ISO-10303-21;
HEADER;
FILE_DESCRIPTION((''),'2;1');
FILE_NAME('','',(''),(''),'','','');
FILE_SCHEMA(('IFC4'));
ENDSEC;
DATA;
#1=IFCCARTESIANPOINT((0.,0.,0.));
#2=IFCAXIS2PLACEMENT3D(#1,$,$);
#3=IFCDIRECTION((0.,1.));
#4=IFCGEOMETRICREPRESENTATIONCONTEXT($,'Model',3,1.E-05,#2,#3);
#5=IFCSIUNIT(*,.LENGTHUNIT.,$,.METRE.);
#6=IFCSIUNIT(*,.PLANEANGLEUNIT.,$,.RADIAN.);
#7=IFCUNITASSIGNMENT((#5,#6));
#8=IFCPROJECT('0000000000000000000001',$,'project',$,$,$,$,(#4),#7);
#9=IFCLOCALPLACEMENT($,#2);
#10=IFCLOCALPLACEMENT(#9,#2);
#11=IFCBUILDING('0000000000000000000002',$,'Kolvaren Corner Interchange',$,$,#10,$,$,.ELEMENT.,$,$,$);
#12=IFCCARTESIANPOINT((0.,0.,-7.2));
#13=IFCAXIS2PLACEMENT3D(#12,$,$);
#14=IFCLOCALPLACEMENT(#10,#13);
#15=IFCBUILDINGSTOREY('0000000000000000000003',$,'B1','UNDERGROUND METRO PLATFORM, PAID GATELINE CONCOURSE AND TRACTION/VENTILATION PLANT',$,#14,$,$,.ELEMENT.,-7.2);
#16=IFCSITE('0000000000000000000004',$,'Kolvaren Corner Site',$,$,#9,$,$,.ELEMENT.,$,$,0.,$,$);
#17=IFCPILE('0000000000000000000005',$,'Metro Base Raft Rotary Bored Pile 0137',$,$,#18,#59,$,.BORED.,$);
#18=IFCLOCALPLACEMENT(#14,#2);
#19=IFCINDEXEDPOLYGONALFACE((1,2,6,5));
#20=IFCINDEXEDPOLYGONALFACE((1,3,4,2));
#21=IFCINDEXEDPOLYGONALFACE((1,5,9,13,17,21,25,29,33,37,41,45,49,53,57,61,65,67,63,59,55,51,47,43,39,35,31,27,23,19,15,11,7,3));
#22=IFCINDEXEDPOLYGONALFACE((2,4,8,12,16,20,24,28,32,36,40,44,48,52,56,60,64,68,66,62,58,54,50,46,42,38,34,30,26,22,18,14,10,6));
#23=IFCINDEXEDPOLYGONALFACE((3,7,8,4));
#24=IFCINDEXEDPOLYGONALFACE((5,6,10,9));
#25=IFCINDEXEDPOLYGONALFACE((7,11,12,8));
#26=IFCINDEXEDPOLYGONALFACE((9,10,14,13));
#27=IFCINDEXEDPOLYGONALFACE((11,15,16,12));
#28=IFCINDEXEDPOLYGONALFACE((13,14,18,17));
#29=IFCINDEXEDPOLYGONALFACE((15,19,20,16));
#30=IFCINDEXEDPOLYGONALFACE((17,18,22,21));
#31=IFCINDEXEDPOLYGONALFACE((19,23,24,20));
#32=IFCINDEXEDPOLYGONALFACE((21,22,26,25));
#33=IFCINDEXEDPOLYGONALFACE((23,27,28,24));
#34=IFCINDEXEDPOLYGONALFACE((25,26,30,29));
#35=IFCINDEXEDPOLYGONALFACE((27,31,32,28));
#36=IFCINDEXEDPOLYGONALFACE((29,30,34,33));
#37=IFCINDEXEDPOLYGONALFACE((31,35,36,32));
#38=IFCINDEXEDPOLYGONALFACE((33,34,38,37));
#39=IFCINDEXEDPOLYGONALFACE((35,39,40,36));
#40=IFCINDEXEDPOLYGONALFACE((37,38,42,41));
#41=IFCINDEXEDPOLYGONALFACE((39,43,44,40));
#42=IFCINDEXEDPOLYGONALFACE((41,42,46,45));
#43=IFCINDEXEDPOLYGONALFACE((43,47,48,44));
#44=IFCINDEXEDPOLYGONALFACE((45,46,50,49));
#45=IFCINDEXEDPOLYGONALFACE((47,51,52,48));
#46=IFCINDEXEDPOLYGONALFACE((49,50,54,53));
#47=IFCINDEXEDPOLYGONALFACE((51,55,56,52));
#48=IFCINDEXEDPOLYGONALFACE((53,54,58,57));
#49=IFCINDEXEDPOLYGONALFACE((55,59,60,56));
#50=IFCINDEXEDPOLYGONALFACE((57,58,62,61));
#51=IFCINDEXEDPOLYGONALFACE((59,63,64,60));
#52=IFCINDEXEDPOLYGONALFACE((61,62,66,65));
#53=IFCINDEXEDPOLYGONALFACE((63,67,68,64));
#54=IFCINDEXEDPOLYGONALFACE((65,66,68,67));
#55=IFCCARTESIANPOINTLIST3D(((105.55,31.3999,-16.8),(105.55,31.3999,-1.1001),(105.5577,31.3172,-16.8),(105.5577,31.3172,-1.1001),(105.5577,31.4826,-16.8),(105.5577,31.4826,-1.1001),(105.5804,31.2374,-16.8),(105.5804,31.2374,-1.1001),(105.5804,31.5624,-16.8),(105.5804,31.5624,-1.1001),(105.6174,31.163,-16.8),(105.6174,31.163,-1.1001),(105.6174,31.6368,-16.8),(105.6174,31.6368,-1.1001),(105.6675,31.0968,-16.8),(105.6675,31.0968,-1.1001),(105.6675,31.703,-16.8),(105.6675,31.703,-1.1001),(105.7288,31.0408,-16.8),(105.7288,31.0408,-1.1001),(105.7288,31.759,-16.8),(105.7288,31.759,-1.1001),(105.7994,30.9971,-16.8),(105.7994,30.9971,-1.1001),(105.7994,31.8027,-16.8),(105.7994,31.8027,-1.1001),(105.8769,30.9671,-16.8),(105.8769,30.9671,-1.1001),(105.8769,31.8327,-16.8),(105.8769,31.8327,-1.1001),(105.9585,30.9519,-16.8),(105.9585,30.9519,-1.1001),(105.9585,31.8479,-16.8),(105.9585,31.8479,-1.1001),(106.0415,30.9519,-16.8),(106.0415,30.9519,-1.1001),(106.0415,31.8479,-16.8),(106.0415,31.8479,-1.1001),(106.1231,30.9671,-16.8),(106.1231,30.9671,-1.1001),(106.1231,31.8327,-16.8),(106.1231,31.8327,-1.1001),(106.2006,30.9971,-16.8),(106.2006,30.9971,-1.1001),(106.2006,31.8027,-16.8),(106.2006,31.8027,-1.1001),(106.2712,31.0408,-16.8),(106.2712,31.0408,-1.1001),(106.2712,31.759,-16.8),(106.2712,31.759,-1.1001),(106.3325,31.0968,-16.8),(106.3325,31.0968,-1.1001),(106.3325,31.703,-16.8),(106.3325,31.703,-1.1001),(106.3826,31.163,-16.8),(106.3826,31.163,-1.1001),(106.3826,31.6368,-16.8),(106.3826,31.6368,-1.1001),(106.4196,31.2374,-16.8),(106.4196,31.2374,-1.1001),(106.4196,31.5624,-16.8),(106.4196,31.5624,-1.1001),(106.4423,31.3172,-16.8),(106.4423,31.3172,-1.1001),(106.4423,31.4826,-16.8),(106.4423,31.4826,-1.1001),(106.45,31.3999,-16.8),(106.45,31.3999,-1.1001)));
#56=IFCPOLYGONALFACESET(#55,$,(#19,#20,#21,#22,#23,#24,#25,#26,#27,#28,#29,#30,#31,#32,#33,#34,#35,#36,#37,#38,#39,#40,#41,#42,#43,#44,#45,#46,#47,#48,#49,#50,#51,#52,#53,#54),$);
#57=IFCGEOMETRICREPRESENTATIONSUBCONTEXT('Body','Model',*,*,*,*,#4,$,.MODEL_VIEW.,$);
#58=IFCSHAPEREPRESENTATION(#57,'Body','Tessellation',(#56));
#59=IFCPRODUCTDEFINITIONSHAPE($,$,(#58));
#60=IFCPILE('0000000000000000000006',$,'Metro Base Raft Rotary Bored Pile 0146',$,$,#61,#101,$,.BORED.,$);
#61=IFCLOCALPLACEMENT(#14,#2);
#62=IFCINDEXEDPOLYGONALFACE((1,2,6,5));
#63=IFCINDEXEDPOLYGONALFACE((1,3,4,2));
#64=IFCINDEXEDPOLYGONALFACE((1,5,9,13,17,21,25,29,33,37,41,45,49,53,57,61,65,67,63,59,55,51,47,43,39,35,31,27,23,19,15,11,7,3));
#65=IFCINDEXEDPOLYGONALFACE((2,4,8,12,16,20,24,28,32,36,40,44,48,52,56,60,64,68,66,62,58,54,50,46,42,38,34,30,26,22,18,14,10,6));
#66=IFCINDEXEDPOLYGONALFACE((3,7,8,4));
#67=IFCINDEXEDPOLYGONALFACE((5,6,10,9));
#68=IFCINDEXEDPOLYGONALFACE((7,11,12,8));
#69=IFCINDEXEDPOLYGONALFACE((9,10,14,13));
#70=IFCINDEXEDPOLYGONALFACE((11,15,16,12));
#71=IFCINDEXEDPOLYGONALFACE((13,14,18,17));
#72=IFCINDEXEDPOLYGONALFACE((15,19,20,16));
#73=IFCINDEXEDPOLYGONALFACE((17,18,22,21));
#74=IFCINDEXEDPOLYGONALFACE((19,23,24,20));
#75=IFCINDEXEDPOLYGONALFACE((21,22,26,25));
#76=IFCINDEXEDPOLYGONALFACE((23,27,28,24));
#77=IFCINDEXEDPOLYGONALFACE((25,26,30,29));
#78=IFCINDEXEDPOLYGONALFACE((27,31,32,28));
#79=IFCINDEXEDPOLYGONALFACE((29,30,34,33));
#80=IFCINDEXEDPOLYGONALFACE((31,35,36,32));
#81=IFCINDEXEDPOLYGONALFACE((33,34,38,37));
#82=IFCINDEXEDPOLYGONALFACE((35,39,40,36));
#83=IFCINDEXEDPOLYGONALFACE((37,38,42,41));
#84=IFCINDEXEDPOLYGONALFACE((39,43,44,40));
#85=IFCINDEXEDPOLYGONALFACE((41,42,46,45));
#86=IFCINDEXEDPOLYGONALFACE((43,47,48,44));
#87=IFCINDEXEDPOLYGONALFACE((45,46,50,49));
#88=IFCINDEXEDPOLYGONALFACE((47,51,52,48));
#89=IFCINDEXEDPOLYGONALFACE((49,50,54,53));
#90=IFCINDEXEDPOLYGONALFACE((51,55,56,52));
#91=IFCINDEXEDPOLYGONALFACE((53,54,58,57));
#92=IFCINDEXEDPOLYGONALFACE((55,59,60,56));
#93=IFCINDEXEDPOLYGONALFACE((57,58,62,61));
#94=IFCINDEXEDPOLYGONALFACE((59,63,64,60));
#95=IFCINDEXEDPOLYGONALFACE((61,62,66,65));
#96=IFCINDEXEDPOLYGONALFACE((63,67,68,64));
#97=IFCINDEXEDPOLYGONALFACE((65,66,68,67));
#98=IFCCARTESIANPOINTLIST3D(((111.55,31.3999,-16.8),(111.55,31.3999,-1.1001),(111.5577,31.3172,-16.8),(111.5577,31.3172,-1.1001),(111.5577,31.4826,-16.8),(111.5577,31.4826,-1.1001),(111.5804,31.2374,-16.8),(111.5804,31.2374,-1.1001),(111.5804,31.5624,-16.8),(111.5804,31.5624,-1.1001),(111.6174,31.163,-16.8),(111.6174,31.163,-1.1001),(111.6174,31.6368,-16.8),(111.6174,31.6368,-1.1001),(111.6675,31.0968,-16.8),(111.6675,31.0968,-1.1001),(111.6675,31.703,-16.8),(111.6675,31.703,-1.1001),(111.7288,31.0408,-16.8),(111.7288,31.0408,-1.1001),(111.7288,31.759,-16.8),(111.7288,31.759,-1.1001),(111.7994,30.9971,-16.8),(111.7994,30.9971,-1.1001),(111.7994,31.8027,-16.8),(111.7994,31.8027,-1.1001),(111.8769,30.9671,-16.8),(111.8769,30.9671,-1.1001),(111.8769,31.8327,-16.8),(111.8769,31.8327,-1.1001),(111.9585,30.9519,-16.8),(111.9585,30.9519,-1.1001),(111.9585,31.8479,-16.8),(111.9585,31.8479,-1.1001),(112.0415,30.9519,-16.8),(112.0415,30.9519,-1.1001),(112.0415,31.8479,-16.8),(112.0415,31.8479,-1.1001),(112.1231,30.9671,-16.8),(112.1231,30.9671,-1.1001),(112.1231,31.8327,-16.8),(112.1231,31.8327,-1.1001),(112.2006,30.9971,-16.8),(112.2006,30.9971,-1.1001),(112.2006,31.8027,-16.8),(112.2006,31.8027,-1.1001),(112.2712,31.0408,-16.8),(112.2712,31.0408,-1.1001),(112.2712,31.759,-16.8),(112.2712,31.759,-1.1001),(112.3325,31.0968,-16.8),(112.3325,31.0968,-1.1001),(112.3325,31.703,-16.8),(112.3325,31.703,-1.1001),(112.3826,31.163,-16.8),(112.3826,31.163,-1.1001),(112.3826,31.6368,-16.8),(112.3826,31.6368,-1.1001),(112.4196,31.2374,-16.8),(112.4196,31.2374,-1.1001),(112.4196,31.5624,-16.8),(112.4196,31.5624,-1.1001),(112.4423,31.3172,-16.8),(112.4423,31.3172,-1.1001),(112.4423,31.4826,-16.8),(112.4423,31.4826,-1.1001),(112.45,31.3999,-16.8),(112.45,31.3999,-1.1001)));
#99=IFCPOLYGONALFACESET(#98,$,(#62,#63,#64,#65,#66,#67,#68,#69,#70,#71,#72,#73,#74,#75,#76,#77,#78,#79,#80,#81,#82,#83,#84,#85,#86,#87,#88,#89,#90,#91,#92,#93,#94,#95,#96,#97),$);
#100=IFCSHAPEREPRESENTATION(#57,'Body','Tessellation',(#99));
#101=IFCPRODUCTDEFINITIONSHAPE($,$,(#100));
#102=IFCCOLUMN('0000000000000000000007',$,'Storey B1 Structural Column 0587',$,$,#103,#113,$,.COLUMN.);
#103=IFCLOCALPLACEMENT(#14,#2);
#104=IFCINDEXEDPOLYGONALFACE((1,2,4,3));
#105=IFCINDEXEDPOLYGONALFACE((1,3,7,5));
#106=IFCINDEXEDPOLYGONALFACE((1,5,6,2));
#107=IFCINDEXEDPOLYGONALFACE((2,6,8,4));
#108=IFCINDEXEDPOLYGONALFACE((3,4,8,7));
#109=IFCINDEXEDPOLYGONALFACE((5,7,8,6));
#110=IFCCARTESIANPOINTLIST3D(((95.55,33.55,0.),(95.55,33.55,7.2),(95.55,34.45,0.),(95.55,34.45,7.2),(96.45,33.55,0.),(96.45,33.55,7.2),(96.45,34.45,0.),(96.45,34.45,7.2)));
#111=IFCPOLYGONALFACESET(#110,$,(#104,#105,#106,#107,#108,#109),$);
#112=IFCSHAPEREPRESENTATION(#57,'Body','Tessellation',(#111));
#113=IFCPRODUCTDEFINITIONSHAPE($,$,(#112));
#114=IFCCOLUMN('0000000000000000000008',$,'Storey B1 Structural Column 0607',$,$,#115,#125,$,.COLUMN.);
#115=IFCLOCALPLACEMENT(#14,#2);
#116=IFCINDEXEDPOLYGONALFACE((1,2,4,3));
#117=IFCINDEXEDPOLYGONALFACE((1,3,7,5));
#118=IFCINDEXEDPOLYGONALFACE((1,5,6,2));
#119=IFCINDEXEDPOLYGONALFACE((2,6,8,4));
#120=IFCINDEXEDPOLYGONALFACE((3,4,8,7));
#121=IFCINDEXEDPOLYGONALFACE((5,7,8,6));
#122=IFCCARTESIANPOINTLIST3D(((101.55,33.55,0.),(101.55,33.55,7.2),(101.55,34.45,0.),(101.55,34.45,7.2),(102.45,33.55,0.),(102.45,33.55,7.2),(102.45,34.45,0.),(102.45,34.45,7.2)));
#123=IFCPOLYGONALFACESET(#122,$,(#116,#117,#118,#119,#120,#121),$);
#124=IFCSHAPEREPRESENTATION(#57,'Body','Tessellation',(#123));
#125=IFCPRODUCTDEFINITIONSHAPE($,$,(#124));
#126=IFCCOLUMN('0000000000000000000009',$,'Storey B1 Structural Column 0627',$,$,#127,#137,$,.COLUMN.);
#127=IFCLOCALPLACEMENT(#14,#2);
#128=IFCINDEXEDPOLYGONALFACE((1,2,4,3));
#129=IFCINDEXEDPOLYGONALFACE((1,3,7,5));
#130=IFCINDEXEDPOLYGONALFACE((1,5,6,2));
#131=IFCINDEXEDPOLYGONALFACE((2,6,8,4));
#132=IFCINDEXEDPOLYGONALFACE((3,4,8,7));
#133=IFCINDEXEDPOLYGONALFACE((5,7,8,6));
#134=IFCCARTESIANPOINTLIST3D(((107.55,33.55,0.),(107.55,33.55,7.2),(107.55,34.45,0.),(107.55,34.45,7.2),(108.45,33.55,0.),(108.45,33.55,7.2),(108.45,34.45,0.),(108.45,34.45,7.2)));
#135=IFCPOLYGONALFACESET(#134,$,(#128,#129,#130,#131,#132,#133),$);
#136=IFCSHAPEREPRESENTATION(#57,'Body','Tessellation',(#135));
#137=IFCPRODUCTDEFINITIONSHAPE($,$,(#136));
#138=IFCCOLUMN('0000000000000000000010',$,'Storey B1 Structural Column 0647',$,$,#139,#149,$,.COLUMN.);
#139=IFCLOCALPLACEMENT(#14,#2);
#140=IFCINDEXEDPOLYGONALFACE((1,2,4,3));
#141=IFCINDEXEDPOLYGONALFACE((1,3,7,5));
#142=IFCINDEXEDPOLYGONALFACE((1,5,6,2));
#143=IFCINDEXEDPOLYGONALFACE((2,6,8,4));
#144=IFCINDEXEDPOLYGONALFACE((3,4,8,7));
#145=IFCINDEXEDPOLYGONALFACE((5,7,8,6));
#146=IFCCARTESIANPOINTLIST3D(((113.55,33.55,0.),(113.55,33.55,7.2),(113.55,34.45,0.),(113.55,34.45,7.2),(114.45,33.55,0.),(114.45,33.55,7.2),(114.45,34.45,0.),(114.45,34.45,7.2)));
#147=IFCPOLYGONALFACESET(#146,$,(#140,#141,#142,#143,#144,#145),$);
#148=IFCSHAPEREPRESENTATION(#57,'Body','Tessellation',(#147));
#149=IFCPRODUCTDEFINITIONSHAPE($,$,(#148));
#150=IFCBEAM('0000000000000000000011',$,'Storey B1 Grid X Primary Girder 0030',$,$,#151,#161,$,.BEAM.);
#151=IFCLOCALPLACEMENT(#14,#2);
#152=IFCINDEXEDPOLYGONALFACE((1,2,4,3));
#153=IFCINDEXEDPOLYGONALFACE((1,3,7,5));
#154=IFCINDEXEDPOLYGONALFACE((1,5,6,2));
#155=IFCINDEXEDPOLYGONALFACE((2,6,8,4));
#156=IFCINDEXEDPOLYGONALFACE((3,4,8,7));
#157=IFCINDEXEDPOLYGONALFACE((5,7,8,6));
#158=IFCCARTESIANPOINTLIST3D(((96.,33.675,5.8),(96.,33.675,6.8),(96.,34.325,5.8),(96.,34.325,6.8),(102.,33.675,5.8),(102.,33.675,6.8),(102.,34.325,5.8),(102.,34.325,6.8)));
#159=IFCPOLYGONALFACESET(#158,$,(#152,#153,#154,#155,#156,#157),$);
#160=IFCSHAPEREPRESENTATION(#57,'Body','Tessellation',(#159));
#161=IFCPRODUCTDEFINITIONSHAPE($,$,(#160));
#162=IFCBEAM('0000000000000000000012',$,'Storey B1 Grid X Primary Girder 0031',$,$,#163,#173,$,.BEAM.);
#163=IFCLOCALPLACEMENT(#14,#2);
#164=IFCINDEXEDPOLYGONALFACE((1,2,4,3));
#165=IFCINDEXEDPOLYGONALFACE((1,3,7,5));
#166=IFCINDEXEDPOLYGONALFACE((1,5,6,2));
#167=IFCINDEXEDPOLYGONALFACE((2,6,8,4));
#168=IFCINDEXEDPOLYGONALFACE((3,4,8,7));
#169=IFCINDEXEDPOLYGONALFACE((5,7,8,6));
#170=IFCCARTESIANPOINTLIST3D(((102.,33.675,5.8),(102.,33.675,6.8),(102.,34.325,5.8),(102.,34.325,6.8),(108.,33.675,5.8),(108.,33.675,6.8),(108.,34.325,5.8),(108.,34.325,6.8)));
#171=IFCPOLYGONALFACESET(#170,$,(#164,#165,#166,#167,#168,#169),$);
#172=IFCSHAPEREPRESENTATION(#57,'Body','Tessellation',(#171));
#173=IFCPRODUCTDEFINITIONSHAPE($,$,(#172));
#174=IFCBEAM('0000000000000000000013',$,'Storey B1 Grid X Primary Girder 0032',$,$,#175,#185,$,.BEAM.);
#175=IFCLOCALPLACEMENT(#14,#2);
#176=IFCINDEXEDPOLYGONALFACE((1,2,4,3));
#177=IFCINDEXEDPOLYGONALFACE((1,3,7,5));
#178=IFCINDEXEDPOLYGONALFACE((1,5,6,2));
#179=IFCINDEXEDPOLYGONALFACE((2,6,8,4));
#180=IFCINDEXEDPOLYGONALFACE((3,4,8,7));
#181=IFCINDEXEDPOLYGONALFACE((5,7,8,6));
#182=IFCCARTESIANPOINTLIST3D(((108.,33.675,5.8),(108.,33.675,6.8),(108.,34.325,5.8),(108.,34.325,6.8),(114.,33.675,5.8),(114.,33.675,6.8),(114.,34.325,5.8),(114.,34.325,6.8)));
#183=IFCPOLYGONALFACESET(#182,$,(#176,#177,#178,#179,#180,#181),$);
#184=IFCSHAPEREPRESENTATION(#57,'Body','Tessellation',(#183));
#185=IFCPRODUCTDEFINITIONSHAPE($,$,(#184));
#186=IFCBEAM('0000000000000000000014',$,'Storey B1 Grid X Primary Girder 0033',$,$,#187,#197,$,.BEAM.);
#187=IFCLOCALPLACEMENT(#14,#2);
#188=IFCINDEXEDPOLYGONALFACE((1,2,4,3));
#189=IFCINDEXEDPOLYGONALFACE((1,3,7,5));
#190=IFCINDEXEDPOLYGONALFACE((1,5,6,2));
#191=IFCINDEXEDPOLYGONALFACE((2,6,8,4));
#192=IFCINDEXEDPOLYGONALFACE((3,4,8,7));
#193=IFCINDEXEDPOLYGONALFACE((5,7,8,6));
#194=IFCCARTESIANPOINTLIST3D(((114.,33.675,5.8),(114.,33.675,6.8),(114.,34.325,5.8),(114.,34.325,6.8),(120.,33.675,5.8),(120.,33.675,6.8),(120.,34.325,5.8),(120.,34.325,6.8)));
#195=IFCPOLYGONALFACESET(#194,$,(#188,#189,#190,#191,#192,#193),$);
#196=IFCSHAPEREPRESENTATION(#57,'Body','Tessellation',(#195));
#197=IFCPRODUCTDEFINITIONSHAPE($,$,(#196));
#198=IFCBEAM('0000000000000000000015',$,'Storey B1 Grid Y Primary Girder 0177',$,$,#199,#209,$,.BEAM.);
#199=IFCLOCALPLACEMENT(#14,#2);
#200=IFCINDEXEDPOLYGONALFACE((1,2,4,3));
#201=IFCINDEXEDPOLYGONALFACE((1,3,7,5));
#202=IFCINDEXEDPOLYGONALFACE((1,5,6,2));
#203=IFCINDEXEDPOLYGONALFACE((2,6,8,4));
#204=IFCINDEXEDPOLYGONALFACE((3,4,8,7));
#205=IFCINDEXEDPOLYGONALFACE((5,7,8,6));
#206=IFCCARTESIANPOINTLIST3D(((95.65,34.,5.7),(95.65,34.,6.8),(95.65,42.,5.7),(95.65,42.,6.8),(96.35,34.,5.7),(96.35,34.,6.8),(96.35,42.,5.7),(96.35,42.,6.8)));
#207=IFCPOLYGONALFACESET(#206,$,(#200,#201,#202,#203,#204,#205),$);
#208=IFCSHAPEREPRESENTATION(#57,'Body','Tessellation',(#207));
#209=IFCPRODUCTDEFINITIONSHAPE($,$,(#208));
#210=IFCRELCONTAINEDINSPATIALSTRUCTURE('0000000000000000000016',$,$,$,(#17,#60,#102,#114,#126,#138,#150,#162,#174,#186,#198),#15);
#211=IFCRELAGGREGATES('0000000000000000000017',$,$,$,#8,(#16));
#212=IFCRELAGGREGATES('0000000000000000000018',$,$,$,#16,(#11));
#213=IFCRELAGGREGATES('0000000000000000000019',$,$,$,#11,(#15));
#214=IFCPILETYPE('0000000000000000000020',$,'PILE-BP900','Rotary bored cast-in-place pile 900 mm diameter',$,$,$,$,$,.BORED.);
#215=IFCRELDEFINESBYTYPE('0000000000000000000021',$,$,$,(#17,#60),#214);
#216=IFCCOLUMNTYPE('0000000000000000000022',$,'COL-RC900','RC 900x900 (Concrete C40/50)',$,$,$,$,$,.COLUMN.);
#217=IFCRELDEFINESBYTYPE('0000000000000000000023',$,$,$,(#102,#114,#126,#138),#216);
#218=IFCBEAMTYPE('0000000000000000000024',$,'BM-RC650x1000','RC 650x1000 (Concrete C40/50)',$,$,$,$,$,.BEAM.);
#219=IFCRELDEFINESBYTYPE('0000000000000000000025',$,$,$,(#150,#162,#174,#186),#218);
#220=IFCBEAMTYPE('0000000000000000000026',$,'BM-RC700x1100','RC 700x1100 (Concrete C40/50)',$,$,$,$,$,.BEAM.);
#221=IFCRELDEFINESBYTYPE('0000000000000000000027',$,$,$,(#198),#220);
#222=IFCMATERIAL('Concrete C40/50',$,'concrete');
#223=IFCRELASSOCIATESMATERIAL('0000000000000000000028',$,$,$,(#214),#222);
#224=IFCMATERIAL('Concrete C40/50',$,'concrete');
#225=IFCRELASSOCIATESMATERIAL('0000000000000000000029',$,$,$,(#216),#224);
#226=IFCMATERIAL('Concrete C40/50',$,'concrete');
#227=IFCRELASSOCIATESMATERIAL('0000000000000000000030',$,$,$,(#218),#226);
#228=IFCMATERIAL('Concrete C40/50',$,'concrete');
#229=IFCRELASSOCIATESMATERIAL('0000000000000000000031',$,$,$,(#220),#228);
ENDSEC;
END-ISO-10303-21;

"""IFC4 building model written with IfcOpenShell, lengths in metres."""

from ifc_helpers import new_model, si_unit, direction, frame, origin, origin_2d, place, context, subcontext, project, spatial, rectangle, circle, extrude, material, material_profile, profile_set, type_object, element, save


model = new_model("IFC4")

# Units and contexts
model_context = context("Model", 3, precision=1e-05, world=origin(), true_north=direction((0.0, 1.0)))
body_context = subcontext(model_context, "Body", "Model", "MODEL_VIEW")
ifc_project = project(units=[si_unit("LENGTHUNIT", "METRE"), si_unit("PLANEANGLEUNIT", "RADIAN")], contexts=[model_context])

# Site, building, storey
site_placement = place(None, origin())
site = spatial("IfcSite", under=ifc_project, at=site_placement, Name="Kolvaren Corner Site", CompositionType="ELEMENT", RefElevation=0.0)
building_placement = place(site_placement, origin())
building = spatial("IfcBuilding", under=site, at=building_placement, Name="Kolvaren Corner Interchange", CompositionType="ELEMENT")
storey_placement = place(building_placement, frame((0.0, 0.0, -7.2)))
storey = spatial("IfcBuildingStorey", under=building, at=storey_placement, Name="B1", Description="UNDERGROUND METRO PLATFORM, PAID GATELINE CONCOURSE AND TRACTION/VENTILATION PLANT", CompositionType="ELEMENT", Elevation=-7.2)

# Piles
ifc_material_1 = material(Name="Concrete C40/50", Category="concrete")
ifc_material_profile_1 = material_profile(ifc_material_1, circle(Radius=0.45, at=origin_2d()), Name="BORED PILE 900")
ifc_profile_set_1 = profile_set([ifc_material_profile_1], Name="Concrete C40/50")
pile_type = type_object("IfcPileType", Name="PILE-BP900", Description="Rotary bored cast-in-place pile 900 mm diameter", PredefinedType="BORED", material=ifc_profile_set_1)
for number, where, z_axis, x_axis, name in (
    (1, (106.0, 31.3999, -1.1001), (0.0, 0.0, -1.0), (1.0, 0.0, 0.0), "Metro Base Raft Rotary Bored Pile 0137"),
    (2, (112.0, 31.3999, -1.1001), (0.0, 0.0, -1.0), (1.0, 0.0, 0.0), "Metro Base Raft Rotary Bored Pile 0146"),
):
    element("IfcPile", number, at=place(storey_placement, frame(where, z_axis=z_axis, x_axis=x_axis)), inside=storey, type_object=pile_type, Name=name, PredefinedType="BORED", context=body_context, shape_type="SweptSolid", body=[
        extrude(circle(Radius=0.45, at=origin_2d()), origin(), (0.0, 0.0, 1.0), 15.7),
    ])

# Columns
ifc_material_2 = material(Name="Concrete C40/50", Category="concrete")
ifc_material_profile_2 = material_profile(ifc_material_2, rectangle(XDim=0.8999, YDim=0.8999, at=origin_2d()), Name="RC 900x900")
ifc_profile_set_2 = profile_set([ifc_material_profile_2], Name="Concrete C40/50")
column_type = type_object("IfcColumnType", Name="COL-RC900", Description="RC 900x900 (Concrete C40/50)", PredefinedType="COLUMN", material=ifc_profile_set_2)
for number, where, z_axis, x_axis, name in (
    (3, (96.0, 34.0, 0.0), (0.0, 0.0, 1.0), (1.0, 0.0, 0.0), "Storey B1 Structural Column 0587"),
    (4, (102.0, 34.0, 0.0), (0.0, 0.0, 1.0), (1.0, 0.0, 0.0), "Storey B1 Structural Column 0607"),
    (5, (108.0, 34.0, 0.0), (0.0, 0.0, 1.0), (1.0, 0.0, 0.0), "Storey B1 Structural Column 0627"),
    (6, (114.0, 34.0, 0.0), (0.0, 0.0, 1.0), (1.0, 0.0, 0.0), "Storey B1 Structural Column 0647"),
):
    element("IfcColumn", number, at=place(storey_placement, frame(where, z_axis=z_axis, x_axis=x_axis)), inside=storey, type_object=column_type, Name=name, PredefinedType="COLUMN", context=body_context, shape_type="SweptSolid", body=[
        extrude(rectangle(XDim=0.8999, YDim=0.8999, at=origin_2d()), origin(), (0.0, 0.0, 1.0), 7.2),
    ])

# Beams
ifc_material_3 = material(Name="Concrete C40/50", Category="concrete")
ifc_material_profile_3 = material_profile(ifc_material_3, rectangle(XDim=0.6499, YDim=1.0, at=origin_2d()), Name="RC 650x1000")
ifc_profile_set_3 = profile_set([ifc_material_profile_3], Name="Concrete C40/50")
beam_type_1 = type_object("IfcBeamType", Name="BM-RC650x1000", Description="RC 650x1000 (Concrete C40/50)", PredefinedType="BEAM", material=ifc_profile_set_3)
for number, where, z_axis, x_axis, name in (
    (7, (96.0, 34.0, 6.3), (1.0, 0.0, 0.0), (0.0, 1.0, 0.0), "Storey B1 Grid X Primary Girder 0030"),
    (8, (102.0, 34.0, 6.3), (1.0, 0.0, 0.0), (0.0, 1.0, 0.0), "Storey B1 Grid X Primary Girder 0031"),
    (9, (108.0, 34.0, 6.3), (1.0, 0.0, 0.0), (0.0, 1.0, 0.0), "Storey B1 Grid X Primary Girder 0032"),
    (10, (114.0, 34.0, 6.3), (1.0, 0.0, 0.0), (0.0, 1.0, 0.0), "Storey B1 Grid X Primary Girder 0033"),
):
    element("IfcBeam", number, at=place(storey_placement, frame(where, z_axis=z_axis, x_axis=x_axis)), inside=storey, type_object=beam_type_1, Name=name, PredefinedType="BEAM", context=body_context, shape_type="SweptSolid", body=[
        extrude(rectangle(XDim=0.6499, YDim=1.0, at=origin_2d()), origin(), (0.0, 0.0, 1.0), 6.0),
    ])
ifc_material_4 = material(Name="Concrete C40/50", Category="concrete")
ifc_material_profile_4 = material_profile(ifc_material_4, rectangle(XDim=0.7, YDim=1.1001, at=origin_2d()), Name="RC 700x1100")
ifc_profile_set_4 = profile_set([ifc_material_profile_4], Name="Concrete C40/50")
beam_type_2 = type_object("IfcBeamType", Name="BM-RC700x1100", Description="RC 700x1100 (Concrete C40/50)", PredefinedType="BEAM", material=ifc_profile_set_4)
for number, where, z_axis, x_axis, name in (
    (11, (96.0, 34.0, 6.25), (0.0, 1.0, 0.0), (-1.0, 0.0, 0.0), "Storey B1 Grid Y Primary Girder 0177"),
):
    element("IfcBeam", number, at=place(storey_placement, frame(where, z_axis=z_axis, x_axis=x_axis)), inside=storey, type_object=beam_type_2, Name=name, PredefinedType="BEAM", context=body_context, shape_type="SweptSolid", body=[
        extrude(rectangle(XDim=0.7, YDim=1.1001, at=origin_2d()), origin(), (0.0, 0.0, 1.0), 8.0),
    ])

save(model, "model.ifc")
